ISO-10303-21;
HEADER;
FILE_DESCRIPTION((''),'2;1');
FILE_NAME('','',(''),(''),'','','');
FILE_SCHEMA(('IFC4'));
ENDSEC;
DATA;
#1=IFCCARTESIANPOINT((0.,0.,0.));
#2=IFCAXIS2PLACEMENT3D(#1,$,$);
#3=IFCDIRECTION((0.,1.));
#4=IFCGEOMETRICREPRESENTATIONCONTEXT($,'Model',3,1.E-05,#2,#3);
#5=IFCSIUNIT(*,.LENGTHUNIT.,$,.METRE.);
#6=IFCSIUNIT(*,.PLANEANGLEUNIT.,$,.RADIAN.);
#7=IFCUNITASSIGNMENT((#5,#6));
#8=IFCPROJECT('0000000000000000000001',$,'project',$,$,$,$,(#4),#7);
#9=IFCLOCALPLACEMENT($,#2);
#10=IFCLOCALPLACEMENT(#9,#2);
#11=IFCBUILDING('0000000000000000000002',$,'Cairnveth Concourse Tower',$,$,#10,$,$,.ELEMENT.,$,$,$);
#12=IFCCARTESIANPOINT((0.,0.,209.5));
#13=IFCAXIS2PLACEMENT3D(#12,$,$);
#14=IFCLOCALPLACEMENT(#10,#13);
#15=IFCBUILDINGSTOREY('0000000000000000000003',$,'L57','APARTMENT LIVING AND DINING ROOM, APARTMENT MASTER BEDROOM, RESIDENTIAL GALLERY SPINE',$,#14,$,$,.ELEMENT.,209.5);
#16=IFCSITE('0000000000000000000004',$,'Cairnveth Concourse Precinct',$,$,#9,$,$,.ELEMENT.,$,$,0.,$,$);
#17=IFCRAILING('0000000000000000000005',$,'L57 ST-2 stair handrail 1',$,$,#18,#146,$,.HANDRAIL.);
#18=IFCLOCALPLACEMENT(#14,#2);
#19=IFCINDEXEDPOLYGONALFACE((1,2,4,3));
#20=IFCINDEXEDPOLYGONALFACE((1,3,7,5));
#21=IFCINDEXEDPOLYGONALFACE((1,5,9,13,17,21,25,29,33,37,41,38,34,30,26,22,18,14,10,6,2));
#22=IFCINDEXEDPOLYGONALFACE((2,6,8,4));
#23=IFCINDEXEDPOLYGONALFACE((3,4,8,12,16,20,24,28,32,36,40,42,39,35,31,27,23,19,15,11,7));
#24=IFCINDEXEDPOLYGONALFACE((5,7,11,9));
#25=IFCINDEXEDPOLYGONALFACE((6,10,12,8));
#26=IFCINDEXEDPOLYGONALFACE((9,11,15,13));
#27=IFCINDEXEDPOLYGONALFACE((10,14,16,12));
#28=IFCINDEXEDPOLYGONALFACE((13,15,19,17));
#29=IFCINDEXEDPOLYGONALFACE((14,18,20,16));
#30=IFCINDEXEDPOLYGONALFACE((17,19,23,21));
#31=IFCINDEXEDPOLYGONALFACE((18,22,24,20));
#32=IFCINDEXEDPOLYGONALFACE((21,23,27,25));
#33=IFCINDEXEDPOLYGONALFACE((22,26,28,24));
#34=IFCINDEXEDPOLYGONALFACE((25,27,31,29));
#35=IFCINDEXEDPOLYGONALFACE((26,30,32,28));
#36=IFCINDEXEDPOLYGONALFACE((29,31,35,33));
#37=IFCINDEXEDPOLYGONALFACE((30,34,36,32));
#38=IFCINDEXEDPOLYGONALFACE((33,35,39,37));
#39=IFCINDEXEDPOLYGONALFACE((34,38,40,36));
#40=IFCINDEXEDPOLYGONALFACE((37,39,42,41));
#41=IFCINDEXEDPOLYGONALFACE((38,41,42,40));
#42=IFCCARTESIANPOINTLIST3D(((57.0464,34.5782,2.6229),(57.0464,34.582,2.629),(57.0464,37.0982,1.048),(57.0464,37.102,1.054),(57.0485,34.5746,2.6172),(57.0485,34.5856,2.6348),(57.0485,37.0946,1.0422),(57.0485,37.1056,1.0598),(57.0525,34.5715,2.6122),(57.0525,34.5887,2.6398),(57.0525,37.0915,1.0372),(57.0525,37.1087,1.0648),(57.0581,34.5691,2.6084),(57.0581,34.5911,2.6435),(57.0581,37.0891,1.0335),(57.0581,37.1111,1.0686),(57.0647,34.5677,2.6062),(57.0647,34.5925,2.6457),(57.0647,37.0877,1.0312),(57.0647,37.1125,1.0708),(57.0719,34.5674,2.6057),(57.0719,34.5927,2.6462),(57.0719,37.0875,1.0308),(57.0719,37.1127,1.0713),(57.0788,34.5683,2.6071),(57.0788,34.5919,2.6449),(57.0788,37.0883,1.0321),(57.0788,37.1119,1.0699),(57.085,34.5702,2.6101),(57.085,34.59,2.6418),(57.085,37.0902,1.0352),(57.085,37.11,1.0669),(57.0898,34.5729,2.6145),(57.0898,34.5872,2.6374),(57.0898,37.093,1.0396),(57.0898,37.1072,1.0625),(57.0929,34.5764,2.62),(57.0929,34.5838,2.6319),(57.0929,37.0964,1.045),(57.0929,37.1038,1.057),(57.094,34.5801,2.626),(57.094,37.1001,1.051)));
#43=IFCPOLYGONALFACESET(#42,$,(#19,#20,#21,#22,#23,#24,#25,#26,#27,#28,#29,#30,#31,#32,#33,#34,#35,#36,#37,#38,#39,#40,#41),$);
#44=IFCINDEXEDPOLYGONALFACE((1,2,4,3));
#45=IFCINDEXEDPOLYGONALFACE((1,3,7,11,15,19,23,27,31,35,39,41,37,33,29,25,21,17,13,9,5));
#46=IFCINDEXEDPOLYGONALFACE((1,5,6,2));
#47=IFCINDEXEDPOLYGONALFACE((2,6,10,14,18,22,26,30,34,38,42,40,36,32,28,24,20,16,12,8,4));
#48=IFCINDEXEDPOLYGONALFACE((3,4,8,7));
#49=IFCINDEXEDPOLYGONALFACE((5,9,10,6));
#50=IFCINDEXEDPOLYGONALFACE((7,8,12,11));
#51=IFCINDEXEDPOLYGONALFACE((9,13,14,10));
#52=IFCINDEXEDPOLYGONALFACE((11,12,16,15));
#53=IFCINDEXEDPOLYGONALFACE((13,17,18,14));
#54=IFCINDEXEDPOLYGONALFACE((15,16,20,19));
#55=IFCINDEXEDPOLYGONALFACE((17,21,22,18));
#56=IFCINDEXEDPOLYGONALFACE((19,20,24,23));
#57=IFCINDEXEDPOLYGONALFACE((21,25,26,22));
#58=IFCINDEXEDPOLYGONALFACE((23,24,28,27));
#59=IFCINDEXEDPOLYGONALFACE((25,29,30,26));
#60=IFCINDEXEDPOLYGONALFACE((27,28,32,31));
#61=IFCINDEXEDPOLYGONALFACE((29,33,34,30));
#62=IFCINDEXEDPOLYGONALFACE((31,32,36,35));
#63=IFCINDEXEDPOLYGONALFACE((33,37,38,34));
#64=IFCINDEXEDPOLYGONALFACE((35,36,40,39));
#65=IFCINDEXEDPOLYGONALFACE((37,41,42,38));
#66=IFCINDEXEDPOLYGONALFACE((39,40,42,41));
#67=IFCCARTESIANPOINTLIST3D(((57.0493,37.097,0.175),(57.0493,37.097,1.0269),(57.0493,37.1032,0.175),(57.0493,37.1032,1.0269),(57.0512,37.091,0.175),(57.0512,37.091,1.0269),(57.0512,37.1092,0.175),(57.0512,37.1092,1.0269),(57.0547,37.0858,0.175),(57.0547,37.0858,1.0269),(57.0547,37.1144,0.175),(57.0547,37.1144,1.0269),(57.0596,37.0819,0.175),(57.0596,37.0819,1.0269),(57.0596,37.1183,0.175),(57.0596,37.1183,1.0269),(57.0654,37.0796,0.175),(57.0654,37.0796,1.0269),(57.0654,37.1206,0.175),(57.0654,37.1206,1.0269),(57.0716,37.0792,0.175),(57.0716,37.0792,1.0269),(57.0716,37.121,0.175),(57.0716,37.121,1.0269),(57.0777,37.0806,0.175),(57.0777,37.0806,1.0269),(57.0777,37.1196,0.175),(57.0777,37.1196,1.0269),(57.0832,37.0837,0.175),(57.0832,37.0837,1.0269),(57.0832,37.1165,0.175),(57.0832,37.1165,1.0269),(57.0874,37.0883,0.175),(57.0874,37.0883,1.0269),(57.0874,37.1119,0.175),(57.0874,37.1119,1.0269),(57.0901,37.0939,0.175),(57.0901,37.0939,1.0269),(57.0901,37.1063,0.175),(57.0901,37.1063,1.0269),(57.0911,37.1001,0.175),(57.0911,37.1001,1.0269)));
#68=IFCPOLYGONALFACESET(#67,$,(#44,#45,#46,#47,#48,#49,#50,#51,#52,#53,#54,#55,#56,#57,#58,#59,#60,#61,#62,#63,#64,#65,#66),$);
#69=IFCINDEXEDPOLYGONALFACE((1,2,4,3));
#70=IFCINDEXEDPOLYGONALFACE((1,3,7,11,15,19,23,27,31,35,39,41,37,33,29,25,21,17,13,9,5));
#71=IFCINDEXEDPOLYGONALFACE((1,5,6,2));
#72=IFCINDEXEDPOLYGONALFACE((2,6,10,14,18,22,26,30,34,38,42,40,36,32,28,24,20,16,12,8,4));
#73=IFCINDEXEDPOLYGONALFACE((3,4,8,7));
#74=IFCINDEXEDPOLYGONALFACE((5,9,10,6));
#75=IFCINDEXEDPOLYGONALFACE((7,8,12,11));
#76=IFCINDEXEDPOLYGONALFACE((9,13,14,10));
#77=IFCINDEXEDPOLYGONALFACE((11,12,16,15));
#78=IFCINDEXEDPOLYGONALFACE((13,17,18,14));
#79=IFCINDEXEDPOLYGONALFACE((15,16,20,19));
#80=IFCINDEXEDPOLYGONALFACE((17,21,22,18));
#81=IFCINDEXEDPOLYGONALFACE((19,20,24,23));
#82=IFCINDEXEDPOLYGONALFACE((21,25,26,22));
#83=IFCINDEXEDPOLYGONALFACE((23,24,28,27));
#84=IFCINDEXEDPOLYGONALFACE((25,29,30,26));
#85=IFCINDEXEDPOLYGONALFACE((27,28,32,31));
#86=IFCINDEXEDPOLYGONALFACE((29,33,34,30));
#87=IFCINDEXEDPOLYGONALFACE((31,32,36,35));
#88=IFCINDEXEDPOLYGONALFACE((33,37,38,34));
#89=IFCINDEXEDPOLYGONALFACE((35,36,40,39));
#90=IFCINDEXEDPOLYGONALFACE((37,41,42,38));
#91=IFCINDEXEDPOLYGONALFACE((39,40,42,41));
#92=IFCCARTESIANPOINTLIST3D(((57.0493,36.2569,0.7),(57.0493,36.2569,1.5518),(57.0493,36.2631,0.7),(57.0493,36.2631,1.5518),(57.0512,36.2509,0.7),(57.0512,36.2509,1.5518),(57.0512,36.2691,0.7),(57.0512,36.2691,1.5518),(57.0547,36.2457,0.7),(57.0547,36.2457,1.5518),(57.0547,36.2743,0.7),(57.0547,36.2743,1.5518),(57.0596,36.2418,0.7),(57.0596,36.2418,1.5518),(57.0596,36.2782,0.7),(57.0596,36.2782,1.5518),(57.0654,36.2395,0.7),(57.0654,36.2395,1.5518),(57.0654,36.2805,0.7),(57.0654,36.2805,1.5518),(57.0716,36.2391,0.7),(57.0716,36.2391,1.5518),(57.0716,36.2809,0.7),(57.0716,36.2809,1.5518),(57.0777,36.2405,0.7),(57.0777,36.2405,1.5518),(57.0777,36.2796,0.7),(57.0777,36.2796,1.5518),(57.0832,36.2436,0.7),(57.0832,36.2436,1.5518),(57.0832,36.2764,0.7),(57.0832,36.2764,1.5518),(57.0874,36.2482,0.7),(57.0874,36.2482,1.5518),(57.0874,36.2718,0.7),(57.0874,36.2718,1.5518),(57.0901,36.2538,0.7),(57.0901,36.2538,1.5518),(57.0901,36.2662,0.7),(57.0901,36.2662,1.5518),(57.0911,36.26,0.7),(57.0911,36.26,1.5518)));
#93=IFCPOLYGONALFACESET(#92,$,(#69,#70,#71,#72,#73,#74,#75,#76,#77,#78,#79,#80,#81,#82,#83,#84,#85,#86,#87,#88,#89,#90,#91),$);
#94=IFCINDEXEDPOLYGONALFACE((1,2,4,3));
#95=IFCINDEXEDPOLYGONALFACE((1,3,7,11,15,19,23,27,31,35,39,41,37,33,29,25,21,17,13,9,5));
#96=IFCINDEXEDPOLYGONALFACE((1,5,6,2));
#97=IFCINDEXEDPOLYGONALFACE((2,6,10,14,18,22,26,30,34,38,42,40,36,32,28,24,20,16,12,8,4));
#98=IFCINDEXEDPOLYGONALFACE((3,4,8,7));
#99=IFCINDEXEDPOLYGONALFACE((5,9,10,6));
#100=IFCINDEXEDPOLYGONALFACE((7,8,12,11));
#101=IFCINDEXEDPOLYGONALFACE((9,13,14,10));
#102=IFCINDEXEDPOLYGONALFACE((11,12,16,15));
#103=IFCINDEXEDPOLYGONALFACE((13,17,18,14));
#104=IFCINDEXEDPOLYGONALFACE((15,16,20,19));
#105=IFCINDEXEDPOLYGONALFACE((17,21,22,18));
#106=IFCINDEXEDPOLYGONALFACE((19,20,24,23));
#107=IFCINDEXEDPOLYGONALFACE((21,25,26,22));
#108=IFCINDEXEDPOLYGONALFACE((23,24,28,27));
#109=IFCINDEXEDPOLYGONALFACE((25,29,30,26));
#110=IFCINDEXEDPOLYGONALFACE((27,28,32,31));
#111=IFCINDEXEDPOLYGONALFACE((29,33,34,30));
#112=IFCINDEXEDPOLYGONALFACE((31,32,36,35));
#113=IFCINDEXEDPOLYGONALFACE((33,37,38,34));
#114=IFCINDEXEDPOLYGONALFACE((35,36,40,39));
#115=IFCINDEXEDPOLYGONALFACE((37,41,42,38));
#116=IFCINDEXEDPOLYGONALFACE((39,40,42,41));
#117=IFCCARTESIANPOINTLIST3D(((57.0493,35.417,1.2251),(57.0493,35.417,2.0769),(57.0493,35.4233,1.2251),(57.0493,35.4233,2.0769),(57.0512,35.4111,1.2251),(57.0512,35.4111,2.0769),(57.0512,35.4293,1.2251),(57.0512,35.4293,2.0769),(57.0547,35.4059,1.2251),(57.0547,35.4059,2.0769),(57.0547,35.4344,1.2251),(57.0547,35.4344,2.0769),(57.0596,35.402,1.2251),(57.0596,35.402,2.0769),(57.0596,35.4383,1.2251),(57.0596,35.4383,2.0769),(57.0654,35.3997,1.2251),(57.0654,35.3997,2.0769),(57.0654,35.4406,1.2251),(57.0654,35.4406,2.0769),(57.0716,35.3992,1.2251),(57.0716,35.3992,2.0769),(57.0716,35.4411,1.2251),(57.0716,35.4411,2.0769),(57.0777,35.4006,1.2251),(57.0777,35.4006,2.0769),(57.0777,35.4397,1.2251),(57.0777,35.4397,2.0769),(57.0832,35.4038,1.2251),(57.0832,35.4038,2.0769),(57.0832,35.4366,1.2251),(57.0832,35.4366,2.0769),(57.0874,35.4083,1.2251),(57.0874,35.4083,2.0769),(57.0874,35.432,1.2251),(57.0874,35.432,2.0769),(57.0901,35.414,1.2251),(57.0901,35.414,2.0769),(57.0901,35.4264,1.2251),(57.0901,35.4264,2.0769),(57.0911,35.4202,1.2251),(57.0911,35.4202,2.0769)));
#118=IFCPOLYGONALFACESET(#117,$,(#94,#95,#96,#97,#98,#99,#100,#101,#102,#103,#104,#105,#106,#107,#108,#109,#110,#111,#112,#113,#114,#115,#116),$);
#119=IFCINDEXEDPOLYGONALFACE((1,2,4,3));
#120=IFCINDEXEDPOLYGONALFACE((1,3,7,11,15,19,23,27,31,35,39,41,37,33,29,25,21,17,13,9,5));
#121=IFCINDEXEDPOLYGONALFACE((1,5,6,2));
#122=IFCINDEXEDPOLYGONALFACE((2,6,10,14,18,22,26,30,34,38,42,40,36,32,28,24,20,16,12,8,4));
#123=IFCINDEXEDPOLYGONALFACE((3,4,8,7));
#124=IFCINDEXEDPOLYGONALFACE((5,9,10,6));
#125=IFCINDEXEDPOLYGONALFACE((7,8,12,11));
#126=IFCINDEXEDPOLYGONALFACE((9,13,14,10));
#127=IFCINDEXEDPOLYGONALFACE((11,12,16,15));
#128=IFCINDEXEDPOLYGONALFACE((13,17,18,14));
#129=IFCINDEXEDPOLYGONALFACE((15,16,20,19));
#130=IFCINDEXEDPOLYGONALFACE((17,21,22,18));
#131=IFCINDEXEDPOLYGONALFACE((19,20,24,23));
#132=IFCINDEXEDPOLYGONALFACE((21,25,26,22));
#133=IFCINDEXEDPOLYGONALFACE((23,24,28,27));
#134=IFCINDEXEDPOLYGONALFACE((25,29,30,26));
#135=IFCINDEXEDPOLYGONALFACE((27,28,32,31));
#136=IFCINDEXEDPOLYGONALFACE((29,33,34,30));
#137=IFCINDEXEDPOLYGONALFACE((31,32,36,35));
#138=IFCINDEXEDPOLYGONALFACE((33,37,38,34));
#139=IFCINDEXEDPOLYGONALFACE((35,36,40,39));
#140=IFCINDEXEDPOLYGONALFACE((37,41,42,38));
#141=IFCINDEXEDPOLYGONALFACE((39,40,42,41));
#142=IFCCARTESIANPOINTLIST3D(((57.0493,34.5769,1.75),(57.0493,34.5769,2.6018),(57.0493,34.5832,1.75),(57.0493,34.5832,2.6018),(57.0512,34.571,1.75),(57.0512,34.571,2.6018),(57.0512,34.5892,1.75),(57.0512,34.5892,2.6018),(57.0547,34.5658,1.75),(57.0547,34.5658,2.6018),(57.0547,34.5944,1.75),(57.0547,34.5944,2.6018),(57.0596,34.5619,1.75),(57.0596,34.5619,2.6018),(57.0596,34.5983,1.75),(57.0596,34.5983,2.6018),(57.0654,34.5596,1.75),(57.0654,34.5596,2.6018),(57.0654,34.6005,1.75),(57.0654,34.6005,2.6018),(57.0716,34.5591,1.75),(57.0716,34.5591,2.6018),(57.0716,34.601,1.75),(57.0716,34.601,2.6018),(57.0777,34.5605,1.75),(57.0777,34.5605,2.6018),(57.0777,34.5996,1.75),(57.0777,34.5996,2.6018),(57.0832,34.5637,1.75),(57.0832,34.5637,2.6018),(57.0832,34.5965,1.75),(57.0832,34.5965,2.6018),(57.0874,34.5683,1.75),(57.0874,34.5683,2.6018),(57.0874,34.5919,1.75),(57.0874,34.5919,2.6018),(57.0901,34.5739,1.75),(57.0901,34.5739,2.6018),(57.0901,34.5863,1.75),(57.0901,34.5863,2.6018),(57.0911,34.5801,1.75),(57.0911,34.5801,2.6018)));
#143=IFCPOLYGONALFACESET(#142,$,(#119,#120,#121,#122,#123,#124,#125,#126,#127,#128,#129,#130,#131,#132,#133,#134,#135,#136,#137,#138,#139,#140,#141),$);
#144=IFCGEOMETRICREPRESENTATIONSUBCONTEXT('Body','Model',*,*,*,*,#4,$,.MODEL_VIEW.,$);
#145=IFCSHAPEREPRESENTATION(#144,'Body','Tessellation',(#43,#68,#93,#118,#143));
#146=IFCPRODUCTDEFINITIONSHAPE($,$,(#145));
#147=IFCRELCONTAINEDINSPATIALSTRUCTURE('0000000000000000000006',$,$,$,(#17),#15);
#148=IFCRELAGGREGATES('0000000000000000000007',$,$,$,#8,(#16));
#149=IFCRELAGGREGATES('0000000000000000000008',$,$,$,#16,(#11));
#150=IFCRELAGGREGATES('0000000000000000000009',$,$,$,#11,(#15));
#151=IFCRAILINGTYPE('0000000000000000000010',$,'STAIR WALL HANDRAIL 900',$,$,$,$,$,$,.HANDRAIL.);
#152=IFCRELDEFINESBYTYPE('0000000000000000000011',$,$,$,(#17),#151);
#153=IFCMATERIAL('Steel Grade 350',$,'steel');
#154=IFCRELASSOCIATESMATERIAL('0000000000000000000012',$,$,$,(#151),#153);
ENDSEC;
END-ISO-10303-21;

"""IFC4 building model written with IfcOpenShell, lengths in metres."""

from ifc_helpers import new_model, si_unit, direction, frame, origin, origin_2d, place, context, subcontext, project, spatial, circle, extrude, material, type_object, element, save


model = new_model("IFC4")

# Units and contexts
model_context = context("Model", 3, precision=1e-05, world=origin(), true_north=direction((0.0, 1.0)))
body_context = subcontext(model_context, "Body", "Model", "MODEL_VIEW")
ifc_project = project(units=[si_unit("LENGTHUNIT", "METRE"), si_unit("PLANEANGLEUNIT", "RADIAN")], contexts=[model_context])

# Site, building, storey
site_placement = place(None, origin())
site = spatial("IfcSite", under=ifc_project, at=site_placement, Name="Cairnveth Concourse Precinct", CompositionType="ELEMENT", RefElevation=0.0)
building_placement = place(site_placement, origin())
building = spatial("IfcBuilding", under=site, at=building_placement, Name="Cairnveth Concourse Tower", CompositionType="ELEMENT")
storey_placement = place(building_placement, frame((0.0, 0.0, 209.5)))
storey = spatial("IfcBuildingStorey", under=building, at=storey_placement, Name="L57", Description="APARTMENT LIVING AND DINING ROOM, APARTMENT MASTER BEDROOM, RESIDENTIAL GALLERY SPINE", CompositionType="ELEMENT", Elevation=209.5)

# Shared definitions
ifc_material_1 = material(Name="Steel Grade 350", Category="steel")

# Railing
railing_type_1 = type_object("IfcRailingType", Name="STAIR WALL HANDRAIL 900", PredefinedType="HANDRAIL", material=ifc_material_1)
railing_1_placement = place(storey_placement, frame((57.0701, 37.1001, 0.175)))
element("IfcRailing", 1, at=railing_1_placement, inside=storey, type_object=railing_type_1, Name="L57 ST-2 stair handrail 1", PredefinedType="HANDRAIL", context=body_context, shape_type="SweptSolid", body=[
    extrude(circle(Radius=0.0239, at=origin_2d()), frame((0.0, 0.0, 0.876), z_axis=(0.0, -0.848008, 0.529984), x_axis=(1.0, 0.0, 0.0)), (0.0, 0.0, 1.0), 2.9717),
    extrude(circle(Radius=0.021, at=origin_2d()), origin(), (0.0, 0.0, 1.0), 0.8518),
    extrude(circle(Radius=0.021, at=origin_2d()), frame((0.0, -0.8401, 0.5249)), (0.0, 0.0, 1.0), 0.8518),
    extrude(circle(Radius=0.021, at=origin_2d()), frame((0.0, -1.6799, 1.05)), (0.0, 0.0, 1.0), 0.8518),
    extrude(circle(Radius=0.021, at=origin_2d()), frame((0.0, -2.52, 1.575)), (0.0, 0.0, 1.0), 0.8518),
])

save(model, "model.ifc")
